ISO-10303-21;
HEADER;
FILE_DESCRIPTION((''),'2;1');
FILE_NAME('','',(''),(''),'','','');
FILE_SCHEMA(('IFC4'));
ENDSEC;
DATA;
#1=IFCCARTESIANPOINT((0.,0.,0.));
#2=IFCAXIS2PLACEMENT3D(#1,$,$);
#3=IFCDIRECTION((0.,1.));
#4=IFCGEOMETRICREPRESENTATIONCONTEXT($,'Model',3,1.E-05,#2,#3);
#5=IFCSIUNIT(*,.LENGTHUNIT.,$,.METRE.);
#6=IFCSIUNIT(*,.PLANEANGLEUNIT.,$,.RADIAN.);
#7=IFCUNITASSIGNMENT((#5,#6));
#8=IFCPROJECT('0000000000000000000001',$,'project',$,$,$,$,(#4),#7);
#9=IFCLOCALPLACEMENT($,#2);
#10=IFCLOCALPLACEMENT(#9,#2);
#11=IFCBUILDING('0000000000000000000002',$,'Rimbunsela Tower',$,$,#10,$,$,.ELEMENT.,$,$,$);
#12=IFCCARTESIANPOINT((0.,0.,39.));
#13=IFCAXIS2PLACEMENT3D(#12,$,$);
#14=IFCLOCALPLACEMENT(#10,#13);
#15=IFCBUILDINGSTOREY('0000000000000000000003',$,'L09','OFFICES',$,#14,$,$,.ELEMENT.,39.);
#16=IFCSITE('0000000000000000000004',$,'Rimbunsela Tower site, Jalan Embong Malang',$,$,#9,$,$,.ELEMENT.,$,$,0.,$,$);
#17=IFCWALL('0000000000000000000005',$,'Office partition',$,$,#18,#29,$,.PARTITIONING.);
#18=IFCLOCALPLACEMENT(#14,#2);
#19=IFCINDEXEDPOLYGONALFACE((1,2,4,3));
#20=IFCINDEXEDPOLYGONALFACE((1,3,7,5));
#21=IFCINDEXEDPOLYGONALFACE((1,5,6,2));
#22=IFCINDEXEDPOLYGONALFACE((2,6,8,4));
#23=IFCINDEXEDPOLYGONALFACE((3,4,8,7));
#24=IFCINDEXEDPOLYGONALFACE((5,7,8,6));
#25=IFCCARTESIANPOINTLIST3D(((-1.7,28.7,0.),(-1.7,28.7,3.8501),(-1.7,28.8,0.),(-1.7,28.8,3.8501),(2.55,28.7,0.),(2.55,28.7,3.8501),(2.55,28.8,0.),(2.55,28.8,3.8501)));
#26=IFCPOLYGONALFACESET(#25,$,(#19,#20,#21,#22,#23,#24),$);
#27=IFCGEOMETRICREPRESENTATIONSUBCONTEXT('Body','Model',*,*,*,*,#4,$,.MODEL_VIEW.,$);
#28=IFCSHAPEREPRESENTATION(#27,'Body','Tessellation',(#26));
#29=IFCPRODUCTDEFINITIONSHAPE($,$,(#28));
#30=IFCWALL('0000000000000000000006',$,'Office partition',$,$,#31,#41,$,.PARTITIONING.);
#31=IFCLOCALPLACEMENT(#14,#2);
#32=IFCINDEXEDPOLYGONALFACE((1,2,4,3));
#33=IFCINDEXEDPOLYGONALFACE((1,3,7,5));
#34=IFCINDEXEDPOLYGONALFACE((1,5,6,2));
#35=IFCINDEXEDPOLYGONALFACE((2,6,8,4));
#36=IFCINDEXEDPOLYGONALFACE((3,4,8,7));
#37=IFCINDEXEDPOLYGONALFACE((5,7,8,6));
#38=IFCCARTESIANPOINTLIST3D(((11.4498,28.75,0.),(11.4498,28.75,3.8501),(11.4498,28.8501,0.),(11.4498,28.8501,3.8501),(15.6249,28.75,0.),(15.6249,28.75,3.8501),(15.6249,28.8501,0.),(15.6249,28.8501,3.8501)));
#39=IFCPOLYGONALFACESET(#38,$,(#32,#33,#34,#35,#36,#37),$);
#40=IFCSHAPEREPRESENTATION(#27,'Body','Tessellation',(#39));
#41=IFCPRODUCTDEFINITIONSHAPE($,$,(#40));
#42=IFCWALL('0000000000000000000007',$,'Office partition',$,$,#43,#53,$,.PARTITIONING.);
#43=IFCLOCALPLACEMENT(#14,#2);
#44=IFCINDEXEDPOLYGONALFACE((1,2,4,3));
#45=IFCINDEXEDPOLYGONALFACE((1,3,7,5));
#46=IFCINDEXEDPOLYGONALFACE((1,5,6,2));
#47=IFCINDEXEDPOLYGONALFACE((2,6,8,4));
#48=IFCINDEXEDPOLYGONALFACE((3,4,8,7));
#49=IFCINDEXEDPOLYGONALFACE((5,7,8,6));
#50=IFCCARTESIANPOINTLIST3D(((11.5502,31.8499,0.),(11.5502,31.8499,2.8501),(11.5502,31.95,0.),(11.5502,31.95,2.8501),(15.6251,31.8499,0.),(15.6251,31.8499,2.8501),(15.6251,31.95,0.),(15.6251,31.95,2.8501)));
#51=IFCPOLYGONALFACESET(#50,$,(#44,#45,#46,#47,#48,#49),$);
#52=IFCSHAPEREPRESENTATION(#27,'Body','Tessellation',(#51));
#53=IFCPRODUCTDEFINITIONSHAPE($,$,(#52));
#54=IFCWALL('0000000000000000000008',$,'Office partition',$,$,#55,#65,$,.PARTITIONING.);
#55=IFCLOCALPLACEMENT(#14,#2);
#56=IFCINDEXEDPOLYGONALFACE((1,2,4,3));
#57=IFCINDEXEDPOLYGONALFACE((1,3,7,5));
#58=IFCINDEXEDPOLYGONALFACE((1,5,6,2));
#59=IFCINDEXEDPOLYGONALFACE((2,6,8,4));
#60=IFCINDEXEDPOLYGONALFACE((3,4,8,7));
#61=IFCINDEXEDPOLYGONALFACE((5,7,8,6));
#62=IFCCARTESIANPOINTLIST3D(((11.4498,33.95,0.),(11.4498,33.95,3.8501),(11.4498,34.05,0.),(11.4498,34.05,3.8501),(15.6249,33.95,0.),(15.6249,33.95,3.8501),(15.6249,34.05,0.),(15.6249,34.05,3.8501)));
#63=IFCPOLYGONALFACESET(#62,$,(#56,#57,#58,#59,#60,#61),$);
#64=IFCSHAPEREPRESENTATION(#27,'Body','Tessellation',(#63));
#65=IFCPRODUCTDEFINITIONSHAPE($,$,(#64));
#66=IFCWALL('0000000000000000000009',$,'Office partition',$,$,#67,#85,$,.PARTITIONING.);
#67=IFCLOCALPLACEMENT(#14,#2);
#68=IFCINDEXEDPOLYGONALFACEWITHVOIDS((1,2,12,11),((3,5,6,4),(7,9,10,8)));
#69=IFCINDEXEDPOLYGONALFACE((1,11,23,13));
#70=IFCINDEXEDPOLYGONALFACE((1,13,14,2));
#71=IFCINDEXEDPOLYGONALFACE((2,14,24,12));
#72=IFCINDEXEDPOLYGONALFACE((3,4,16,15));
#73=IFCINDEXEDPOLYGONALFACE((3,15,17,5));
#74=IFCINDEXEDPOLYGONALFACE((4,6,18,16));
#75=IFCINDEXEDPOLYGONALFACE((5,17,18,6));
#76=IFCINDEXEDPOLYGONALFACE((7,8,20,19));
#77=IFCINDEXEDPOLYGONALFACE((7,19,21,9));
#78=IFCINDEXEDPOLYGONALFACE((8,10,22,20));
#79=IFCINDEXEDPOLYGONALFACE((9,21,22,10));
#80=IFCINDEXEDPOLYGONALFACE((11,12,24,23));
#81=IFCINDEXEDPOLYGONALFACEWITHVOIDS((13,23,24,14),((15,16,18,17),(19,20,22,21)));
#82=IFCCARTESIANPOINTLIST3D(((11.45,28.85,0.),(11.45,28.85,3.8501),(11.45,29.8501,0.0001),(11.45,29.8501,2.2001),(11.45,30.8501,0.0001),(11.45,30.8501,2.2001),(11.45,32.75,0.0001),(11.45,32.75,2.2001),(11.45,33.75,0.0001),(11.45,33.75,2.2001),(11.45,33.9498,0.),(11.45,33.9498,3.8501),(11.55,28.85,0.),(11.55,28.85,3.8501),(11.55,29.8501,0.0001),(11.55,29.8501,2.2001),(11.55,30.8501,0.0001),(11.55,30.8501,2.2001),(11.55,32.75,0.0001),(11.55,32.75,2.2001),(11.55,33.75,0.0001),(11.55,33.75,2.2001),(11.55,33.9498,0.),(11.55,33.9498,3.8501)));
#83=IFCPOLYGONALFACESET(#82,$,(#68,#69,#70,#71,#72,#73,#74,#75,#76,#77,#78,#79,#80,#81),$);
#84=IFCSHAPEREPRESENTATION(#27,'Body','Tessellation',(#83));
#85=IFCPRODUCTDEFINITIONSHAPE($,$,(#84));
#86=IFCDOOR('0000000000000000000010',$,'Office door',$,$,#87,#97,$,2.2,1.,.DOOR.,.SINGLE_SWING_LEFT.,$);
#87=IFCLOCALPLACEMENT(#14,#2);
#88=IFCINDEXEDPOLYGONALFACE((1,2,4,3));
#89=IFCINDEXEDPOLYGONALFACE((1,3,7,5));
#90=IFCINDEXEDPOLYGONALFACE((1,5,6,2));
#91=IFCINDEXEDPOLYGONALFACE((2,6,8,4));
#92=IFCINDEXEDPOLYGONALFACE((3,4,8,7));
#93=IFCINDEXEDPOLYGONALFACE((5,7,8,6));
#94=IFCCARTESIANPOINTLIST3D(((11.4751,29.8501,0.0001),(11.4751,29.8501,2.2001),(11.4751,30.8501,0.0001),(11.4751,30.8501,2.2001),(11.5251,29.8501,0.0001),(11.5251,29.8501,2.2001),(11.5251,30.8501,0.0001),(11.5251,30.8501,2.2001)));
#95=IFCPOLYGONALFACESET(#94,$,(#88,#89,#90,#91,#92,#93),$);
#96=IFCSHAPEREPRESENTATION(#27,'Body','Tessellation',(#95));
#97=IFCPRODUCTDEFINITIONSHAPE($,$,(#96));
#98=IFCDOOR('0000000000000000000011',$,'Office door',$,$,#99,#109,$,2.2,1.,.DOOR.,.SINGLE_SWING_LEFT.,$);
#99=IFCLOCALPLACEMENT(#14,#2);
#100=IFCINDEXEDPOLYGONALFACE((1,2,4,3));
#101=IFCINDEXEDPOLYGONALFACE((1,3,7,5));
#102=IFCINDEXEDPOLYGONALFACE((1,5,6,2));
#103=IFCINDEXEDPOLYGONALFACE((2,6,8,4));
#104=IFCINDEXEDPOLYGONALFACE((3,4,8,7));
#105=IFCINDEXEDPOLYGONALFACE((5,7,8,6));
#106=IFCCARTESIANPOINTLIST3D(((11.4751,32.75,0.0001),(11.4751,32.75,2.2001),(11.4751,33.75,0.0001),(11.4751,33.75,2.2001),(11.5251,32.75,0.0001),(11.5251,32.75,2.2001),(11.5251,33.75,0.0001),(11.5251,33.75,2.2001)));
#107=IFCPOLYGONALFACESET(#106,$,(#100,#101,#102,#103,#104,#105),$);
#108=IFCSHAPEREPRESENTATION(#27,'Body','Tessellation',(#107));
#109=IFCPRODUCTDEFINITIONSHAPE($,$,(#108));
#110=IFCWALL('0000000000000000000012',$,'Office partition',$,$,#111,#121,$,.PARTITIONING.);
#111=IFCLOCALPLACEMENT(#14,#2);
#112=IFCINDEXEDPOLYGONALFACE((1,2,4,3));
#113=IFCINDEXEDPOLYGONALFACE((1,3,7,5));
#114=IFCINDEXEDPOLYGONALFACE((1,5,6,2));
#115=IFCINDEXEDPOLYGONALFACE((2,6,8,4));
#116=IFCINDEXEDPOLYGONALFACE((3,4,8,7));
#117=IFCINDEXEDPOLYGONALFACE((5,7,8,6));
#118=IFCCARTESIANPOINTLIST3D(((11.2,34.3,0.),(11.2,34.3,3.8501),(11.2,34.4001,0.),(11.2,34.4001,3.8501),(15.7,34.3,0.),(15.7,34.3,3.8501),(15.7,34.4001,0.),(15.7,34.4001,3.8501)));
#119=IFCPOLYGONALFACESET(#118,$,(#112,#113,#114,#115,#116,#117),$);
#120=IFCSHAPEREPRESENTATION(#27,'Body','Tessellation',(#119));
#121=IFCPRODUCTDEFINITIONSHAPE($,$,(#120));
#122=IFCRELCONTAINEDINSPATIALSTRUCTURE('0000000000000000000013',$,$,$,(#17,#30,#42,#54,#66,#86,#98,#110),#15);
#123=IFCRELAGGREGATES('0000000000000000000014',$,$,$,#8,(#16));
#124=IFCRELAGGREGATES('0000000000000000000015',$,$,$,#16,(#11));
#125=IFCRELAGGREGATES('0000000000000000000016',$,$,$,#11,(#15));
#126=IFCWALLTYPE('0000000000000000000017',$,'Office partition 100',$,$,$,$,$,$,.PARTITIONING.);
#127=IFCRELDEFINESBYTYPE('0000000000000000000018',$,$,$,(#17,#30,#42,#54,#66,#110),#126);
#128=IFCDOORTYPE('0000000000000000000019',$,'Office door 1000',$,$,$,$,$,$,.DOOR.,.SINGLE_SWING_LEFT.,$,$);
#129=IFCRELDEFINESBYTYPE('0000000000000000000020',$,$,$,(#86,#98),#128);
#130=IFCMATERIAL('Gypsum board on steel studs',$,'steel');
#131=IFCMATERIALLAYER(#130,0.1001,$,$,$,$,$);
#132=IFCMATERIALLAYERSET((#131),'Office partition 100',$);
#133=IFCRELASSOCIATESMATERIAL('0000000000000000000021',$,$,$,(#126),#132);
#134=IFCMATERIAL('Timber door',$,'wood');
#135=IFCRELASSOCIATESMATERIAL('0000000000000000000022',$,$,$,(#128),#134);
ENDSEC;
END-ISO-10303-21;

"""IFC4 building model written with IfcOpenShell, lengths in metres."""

from ifc_helpers import new_model, si_unit, direction, frame, frame_2d, origin, place, context, subcontext, project, spatial, rectangle, extrude, material, layer, layer_set, type_object, element, fill, save


model = new_model("IFC4")

# Units and contexts
model_context = context("Model", 3, precision=1e-05, world=origin(), true_north=direction((0.0, 1.0)))
body_context = subcontext(model_context, "Body", "Model", "MODEL_VIEW")
ifc_project = project(units=[si_unit("LENGTHUNIT", "METRE"), si_unit("PLANEANGLEUNIT", "RADIAN")], contexts=[model_context])

# Site, building, storey
site_placement = place(None, origin())
site = spatial("IfcSite", under=ifc_project, at=site_placement, Name="Rimbunsela Tower site, Jalan Embong Malang", CompositionType="ELEMENT", RefElevation=0.0)
building_placement = place(site_placement, origin())
building = spatial("IfcBuilding", under=site, at=building_placement, Name="Rimbunsela Tower", CompositionType="ELEMENT")
storey_placement = place(building_placement, frame((0.0, 0.0, 39.0)))
storey = spatial("IfcBuildingStorey", under=building, at=storey_placement, Name="L09", Description="OFFICES", CompositionType="ELEMENT", Elevation=39.0)

# Walls
ifc_material_1 = material(Name="Gypsum board on steel studs", Category="steel")
ifc_layer_1 = layer(ifc_material_1, 0.1001)
ifc_layer_set_1 = layer_set([ifc_layer_1], Name="Office partition 100")
wall_type_1 = type_object("IfcWallType", Name="Office partition 100", PredefinedType="PARTITIONING", material=ifc_layer_set_1)
wall_1_placement = place(storey_placement, frame((-1.7, 28.75, 0.0), z_axis=(0.0, 0.0, 1.0), x_axis=(1.0, 0.0, 0.0)))
element("IfcWall", 1, at=wall_1_placement, inside=storey, type_object=wall_type_1, Name="Office partition", PredefinedType="PARTITIONING", context=body_context, shape_type="SweptSolid", body=[
    extrude(rectangle(XDim=4.25, YDim=0.1001, at=frame_2d((2.125, 0.0))), origin(), (0.0, 0.0, 1.0), 3.8501),
])
wall_2_placement = place(storey_placement, frame((11.45, 28.8, 0.0), z_axis=(0.0, 0.0, 1.0), x_axis=(1.0, 0.0, 0.0)))
element("IfcWall", 2, at=wall_2_placement, inside=storey, type_object=wall_type_1, Name="Office partition", PredefinedType="PARTITIONING", context=body_context, shape_type="SweptSolid", body=[
    extrude(rectangle(XDim=4.175, YDim=0.1001, at=frame_2d((2.0874, 0.0))), origin(), (0.0, 0.0, 1.0), 3.8501),
])
wall_3_placement = place(storey_placement, frame((11.55, 31.8999, 0.0), z_axis=(0.0, 0.0, 1.0), x_axis=(1.0, 0.0, 0.0)))
element("IfcWall", 3, at=wall_3_placement, inside=storey, type_object=wall_type_1, Name="Office partition", PredefinedType="PARTITIONING", context=body_context, shape_type="SweptSolid", body=[
    extrude(rectangle(XDim=4.075, YDim=0.1001, at=frame_2d((2.0376, 0.0))), origin(), (0.0, 0.0, 1.0), 2.8501),
])
wall_4_placement = place(storey_placement, frame((11.45, 34.0, 0.0), z_axis=(0.0, 0.0, 1.0), x_axis=(1.0, 0.0, 0.0)))
element("IfcWall", 4, at=wall_4_placement, inside=storey, type_object=wall_type_1, Name="Office partition", PredefinedType="PARTITIONING", context=body_context, shape_type="SweptSolid", body=[
    extrude(rectangle(XDim=4.175, YDim=0.1001, at=frame_2d((2.0874, 0.0))), origin(), (0.0, 0.0, 1.0), 3.8501),
])

# Wall, openings, doors
wall_5_placement = place(storey_placement, frame((11.5, 28.8501, 0.0), z_axis=(0.0, 0.0, 1.0), x_axis=(0.0, 1.0, 0.0)))
wall_5 = element("IfcWall", 5, at=wall_5_placement, inside=storey, type_object=wall_type_1, Name="Office partition", PredefinedType="PARTITIONING", context=body_context, shape_type="SweptSolid", body=[
    extrude(rectangle(XDim=5.0999, YDim=0.1001, at=frame_2d((2.5498, 0.0))), origin(), (0.0, 0.0, 1.0), 3.8501),
])
opening_1_placement = place(wall_5_placement, frame((1.0, 0.0, 0.0)))
opening_1 = element("IfcOpeningElement", 6, at=opening_1_placement, cuts=wall_5, PredefinedType="OPENING", context=body_context, shape_type="SweptSolid", body=[
    extrude(rectangle(XDim=1.0, YDim=2.2, at=frame_2d((0.5, 1.1001))), frame((0.0, 0.0601, 0.0), z_axis=(0.0, -1.0, 0.0), x_axis=(1.0, 0.0, 0.0)), (0.0, 0.0, 1.0), 0.1201),
])
opening_2_placement = place(wall_5_placement, frame((3.8999, 0.0, 0.0)))
opening_2 = element("IfcOpeningElement", 7, at=opening_2_placement, cuts=wall_5, PredefinedType="OPENING", context=body_context, shape_type="SweptSolid", body=[
    extrude(rectangle(XDim=1.0, YDim=2.2, at=frame_2d((0.5, 1.1001))), frame((0.0, 0.0601, 0.0), z_axis=(0.0, -1.0, 0.0), x_axis=(1.0, 0.0, 0.0)), (0.0, 0.0, 1.0), 0.1201),
])
ifc_material_2 = material(Name="Timber door", Category="wood")
door_type_1 = type_object("IfcDoorType", Name="Office door 1000", OperationType="SINGLE_SWING_LEFT", PredefinedType="DOOR", material=ifc_material_2)
door_1_placement = place(opening_1_placement, origin())
door_1 = element("IfcDoor", 8, at=door_1_placement, inside=storey, type_object=door_type_1, Name="Office door", OperationType="SINGLE_SWING_LEFT", OverallHeight=2.2, OverallWidth=1.0, PredefinedType="DOOR", context=body_context, shape_type="SweptSolid", body=[
    extrude(rectangle(XDim=1.0, YDim=2.2, at=frame_2d((0.5, 1.1001))), frame((0.0, 0.0249, 0.0), z_axis=(0.0, -1.0, 0.0), x_axis=(1.0, 0.0, 0.0)), (0.0, 0.0, 1.0), 0.05),
])
fill(opening_1, door_1)
door_2_placement = place(opening_2_placement, origin())
door_2 = element("IfcDoor", 9, at=door_2_placement, inside=storey, type_object=door_type_1, Name="Office door", OperationType="SINGLE_SWING_LEFT", OverallHeight=2.2, OverallWidth=1.0, PredefinedType="DOOR", context=body_context, shape_type="SweptSolid", body=[
    extrude(rectangle(XDim=1.0, YDim=2.2, at=frame_2d((0.5, 1.1001))), frame((0.0, 0.0249, 0.0), z_axis=(0.0, -1.0, 0.0), x_axis=(1.0, 0.0, 0.0)), (0.0, 0.0, 1.0), 0.05),
])
fill(opening_2, door_2)

# Wall
wall_6_placement = place(storey_placement, frame((11.2, 34.3501, 0.0), z_axis=(0.0, 0.0, 1.0), x_axis=(1.0, 0.0, 0.0)))
element("IfcWall", 10, at=wall_6_placement, inside=storey, type_object=wall_type_1, Name="Office partition", PredefinedType="PARTITIONING", context=body_context, shape_type="SweptSolid", body=[
    extrude(rectangle(XDim=4.5, YDim=0.1001, at=frame_2d((2.25, 0.0))), origin(), (0.0, 0.0, 1.0), 3.8501),
])

save(model, "model.ifc")
